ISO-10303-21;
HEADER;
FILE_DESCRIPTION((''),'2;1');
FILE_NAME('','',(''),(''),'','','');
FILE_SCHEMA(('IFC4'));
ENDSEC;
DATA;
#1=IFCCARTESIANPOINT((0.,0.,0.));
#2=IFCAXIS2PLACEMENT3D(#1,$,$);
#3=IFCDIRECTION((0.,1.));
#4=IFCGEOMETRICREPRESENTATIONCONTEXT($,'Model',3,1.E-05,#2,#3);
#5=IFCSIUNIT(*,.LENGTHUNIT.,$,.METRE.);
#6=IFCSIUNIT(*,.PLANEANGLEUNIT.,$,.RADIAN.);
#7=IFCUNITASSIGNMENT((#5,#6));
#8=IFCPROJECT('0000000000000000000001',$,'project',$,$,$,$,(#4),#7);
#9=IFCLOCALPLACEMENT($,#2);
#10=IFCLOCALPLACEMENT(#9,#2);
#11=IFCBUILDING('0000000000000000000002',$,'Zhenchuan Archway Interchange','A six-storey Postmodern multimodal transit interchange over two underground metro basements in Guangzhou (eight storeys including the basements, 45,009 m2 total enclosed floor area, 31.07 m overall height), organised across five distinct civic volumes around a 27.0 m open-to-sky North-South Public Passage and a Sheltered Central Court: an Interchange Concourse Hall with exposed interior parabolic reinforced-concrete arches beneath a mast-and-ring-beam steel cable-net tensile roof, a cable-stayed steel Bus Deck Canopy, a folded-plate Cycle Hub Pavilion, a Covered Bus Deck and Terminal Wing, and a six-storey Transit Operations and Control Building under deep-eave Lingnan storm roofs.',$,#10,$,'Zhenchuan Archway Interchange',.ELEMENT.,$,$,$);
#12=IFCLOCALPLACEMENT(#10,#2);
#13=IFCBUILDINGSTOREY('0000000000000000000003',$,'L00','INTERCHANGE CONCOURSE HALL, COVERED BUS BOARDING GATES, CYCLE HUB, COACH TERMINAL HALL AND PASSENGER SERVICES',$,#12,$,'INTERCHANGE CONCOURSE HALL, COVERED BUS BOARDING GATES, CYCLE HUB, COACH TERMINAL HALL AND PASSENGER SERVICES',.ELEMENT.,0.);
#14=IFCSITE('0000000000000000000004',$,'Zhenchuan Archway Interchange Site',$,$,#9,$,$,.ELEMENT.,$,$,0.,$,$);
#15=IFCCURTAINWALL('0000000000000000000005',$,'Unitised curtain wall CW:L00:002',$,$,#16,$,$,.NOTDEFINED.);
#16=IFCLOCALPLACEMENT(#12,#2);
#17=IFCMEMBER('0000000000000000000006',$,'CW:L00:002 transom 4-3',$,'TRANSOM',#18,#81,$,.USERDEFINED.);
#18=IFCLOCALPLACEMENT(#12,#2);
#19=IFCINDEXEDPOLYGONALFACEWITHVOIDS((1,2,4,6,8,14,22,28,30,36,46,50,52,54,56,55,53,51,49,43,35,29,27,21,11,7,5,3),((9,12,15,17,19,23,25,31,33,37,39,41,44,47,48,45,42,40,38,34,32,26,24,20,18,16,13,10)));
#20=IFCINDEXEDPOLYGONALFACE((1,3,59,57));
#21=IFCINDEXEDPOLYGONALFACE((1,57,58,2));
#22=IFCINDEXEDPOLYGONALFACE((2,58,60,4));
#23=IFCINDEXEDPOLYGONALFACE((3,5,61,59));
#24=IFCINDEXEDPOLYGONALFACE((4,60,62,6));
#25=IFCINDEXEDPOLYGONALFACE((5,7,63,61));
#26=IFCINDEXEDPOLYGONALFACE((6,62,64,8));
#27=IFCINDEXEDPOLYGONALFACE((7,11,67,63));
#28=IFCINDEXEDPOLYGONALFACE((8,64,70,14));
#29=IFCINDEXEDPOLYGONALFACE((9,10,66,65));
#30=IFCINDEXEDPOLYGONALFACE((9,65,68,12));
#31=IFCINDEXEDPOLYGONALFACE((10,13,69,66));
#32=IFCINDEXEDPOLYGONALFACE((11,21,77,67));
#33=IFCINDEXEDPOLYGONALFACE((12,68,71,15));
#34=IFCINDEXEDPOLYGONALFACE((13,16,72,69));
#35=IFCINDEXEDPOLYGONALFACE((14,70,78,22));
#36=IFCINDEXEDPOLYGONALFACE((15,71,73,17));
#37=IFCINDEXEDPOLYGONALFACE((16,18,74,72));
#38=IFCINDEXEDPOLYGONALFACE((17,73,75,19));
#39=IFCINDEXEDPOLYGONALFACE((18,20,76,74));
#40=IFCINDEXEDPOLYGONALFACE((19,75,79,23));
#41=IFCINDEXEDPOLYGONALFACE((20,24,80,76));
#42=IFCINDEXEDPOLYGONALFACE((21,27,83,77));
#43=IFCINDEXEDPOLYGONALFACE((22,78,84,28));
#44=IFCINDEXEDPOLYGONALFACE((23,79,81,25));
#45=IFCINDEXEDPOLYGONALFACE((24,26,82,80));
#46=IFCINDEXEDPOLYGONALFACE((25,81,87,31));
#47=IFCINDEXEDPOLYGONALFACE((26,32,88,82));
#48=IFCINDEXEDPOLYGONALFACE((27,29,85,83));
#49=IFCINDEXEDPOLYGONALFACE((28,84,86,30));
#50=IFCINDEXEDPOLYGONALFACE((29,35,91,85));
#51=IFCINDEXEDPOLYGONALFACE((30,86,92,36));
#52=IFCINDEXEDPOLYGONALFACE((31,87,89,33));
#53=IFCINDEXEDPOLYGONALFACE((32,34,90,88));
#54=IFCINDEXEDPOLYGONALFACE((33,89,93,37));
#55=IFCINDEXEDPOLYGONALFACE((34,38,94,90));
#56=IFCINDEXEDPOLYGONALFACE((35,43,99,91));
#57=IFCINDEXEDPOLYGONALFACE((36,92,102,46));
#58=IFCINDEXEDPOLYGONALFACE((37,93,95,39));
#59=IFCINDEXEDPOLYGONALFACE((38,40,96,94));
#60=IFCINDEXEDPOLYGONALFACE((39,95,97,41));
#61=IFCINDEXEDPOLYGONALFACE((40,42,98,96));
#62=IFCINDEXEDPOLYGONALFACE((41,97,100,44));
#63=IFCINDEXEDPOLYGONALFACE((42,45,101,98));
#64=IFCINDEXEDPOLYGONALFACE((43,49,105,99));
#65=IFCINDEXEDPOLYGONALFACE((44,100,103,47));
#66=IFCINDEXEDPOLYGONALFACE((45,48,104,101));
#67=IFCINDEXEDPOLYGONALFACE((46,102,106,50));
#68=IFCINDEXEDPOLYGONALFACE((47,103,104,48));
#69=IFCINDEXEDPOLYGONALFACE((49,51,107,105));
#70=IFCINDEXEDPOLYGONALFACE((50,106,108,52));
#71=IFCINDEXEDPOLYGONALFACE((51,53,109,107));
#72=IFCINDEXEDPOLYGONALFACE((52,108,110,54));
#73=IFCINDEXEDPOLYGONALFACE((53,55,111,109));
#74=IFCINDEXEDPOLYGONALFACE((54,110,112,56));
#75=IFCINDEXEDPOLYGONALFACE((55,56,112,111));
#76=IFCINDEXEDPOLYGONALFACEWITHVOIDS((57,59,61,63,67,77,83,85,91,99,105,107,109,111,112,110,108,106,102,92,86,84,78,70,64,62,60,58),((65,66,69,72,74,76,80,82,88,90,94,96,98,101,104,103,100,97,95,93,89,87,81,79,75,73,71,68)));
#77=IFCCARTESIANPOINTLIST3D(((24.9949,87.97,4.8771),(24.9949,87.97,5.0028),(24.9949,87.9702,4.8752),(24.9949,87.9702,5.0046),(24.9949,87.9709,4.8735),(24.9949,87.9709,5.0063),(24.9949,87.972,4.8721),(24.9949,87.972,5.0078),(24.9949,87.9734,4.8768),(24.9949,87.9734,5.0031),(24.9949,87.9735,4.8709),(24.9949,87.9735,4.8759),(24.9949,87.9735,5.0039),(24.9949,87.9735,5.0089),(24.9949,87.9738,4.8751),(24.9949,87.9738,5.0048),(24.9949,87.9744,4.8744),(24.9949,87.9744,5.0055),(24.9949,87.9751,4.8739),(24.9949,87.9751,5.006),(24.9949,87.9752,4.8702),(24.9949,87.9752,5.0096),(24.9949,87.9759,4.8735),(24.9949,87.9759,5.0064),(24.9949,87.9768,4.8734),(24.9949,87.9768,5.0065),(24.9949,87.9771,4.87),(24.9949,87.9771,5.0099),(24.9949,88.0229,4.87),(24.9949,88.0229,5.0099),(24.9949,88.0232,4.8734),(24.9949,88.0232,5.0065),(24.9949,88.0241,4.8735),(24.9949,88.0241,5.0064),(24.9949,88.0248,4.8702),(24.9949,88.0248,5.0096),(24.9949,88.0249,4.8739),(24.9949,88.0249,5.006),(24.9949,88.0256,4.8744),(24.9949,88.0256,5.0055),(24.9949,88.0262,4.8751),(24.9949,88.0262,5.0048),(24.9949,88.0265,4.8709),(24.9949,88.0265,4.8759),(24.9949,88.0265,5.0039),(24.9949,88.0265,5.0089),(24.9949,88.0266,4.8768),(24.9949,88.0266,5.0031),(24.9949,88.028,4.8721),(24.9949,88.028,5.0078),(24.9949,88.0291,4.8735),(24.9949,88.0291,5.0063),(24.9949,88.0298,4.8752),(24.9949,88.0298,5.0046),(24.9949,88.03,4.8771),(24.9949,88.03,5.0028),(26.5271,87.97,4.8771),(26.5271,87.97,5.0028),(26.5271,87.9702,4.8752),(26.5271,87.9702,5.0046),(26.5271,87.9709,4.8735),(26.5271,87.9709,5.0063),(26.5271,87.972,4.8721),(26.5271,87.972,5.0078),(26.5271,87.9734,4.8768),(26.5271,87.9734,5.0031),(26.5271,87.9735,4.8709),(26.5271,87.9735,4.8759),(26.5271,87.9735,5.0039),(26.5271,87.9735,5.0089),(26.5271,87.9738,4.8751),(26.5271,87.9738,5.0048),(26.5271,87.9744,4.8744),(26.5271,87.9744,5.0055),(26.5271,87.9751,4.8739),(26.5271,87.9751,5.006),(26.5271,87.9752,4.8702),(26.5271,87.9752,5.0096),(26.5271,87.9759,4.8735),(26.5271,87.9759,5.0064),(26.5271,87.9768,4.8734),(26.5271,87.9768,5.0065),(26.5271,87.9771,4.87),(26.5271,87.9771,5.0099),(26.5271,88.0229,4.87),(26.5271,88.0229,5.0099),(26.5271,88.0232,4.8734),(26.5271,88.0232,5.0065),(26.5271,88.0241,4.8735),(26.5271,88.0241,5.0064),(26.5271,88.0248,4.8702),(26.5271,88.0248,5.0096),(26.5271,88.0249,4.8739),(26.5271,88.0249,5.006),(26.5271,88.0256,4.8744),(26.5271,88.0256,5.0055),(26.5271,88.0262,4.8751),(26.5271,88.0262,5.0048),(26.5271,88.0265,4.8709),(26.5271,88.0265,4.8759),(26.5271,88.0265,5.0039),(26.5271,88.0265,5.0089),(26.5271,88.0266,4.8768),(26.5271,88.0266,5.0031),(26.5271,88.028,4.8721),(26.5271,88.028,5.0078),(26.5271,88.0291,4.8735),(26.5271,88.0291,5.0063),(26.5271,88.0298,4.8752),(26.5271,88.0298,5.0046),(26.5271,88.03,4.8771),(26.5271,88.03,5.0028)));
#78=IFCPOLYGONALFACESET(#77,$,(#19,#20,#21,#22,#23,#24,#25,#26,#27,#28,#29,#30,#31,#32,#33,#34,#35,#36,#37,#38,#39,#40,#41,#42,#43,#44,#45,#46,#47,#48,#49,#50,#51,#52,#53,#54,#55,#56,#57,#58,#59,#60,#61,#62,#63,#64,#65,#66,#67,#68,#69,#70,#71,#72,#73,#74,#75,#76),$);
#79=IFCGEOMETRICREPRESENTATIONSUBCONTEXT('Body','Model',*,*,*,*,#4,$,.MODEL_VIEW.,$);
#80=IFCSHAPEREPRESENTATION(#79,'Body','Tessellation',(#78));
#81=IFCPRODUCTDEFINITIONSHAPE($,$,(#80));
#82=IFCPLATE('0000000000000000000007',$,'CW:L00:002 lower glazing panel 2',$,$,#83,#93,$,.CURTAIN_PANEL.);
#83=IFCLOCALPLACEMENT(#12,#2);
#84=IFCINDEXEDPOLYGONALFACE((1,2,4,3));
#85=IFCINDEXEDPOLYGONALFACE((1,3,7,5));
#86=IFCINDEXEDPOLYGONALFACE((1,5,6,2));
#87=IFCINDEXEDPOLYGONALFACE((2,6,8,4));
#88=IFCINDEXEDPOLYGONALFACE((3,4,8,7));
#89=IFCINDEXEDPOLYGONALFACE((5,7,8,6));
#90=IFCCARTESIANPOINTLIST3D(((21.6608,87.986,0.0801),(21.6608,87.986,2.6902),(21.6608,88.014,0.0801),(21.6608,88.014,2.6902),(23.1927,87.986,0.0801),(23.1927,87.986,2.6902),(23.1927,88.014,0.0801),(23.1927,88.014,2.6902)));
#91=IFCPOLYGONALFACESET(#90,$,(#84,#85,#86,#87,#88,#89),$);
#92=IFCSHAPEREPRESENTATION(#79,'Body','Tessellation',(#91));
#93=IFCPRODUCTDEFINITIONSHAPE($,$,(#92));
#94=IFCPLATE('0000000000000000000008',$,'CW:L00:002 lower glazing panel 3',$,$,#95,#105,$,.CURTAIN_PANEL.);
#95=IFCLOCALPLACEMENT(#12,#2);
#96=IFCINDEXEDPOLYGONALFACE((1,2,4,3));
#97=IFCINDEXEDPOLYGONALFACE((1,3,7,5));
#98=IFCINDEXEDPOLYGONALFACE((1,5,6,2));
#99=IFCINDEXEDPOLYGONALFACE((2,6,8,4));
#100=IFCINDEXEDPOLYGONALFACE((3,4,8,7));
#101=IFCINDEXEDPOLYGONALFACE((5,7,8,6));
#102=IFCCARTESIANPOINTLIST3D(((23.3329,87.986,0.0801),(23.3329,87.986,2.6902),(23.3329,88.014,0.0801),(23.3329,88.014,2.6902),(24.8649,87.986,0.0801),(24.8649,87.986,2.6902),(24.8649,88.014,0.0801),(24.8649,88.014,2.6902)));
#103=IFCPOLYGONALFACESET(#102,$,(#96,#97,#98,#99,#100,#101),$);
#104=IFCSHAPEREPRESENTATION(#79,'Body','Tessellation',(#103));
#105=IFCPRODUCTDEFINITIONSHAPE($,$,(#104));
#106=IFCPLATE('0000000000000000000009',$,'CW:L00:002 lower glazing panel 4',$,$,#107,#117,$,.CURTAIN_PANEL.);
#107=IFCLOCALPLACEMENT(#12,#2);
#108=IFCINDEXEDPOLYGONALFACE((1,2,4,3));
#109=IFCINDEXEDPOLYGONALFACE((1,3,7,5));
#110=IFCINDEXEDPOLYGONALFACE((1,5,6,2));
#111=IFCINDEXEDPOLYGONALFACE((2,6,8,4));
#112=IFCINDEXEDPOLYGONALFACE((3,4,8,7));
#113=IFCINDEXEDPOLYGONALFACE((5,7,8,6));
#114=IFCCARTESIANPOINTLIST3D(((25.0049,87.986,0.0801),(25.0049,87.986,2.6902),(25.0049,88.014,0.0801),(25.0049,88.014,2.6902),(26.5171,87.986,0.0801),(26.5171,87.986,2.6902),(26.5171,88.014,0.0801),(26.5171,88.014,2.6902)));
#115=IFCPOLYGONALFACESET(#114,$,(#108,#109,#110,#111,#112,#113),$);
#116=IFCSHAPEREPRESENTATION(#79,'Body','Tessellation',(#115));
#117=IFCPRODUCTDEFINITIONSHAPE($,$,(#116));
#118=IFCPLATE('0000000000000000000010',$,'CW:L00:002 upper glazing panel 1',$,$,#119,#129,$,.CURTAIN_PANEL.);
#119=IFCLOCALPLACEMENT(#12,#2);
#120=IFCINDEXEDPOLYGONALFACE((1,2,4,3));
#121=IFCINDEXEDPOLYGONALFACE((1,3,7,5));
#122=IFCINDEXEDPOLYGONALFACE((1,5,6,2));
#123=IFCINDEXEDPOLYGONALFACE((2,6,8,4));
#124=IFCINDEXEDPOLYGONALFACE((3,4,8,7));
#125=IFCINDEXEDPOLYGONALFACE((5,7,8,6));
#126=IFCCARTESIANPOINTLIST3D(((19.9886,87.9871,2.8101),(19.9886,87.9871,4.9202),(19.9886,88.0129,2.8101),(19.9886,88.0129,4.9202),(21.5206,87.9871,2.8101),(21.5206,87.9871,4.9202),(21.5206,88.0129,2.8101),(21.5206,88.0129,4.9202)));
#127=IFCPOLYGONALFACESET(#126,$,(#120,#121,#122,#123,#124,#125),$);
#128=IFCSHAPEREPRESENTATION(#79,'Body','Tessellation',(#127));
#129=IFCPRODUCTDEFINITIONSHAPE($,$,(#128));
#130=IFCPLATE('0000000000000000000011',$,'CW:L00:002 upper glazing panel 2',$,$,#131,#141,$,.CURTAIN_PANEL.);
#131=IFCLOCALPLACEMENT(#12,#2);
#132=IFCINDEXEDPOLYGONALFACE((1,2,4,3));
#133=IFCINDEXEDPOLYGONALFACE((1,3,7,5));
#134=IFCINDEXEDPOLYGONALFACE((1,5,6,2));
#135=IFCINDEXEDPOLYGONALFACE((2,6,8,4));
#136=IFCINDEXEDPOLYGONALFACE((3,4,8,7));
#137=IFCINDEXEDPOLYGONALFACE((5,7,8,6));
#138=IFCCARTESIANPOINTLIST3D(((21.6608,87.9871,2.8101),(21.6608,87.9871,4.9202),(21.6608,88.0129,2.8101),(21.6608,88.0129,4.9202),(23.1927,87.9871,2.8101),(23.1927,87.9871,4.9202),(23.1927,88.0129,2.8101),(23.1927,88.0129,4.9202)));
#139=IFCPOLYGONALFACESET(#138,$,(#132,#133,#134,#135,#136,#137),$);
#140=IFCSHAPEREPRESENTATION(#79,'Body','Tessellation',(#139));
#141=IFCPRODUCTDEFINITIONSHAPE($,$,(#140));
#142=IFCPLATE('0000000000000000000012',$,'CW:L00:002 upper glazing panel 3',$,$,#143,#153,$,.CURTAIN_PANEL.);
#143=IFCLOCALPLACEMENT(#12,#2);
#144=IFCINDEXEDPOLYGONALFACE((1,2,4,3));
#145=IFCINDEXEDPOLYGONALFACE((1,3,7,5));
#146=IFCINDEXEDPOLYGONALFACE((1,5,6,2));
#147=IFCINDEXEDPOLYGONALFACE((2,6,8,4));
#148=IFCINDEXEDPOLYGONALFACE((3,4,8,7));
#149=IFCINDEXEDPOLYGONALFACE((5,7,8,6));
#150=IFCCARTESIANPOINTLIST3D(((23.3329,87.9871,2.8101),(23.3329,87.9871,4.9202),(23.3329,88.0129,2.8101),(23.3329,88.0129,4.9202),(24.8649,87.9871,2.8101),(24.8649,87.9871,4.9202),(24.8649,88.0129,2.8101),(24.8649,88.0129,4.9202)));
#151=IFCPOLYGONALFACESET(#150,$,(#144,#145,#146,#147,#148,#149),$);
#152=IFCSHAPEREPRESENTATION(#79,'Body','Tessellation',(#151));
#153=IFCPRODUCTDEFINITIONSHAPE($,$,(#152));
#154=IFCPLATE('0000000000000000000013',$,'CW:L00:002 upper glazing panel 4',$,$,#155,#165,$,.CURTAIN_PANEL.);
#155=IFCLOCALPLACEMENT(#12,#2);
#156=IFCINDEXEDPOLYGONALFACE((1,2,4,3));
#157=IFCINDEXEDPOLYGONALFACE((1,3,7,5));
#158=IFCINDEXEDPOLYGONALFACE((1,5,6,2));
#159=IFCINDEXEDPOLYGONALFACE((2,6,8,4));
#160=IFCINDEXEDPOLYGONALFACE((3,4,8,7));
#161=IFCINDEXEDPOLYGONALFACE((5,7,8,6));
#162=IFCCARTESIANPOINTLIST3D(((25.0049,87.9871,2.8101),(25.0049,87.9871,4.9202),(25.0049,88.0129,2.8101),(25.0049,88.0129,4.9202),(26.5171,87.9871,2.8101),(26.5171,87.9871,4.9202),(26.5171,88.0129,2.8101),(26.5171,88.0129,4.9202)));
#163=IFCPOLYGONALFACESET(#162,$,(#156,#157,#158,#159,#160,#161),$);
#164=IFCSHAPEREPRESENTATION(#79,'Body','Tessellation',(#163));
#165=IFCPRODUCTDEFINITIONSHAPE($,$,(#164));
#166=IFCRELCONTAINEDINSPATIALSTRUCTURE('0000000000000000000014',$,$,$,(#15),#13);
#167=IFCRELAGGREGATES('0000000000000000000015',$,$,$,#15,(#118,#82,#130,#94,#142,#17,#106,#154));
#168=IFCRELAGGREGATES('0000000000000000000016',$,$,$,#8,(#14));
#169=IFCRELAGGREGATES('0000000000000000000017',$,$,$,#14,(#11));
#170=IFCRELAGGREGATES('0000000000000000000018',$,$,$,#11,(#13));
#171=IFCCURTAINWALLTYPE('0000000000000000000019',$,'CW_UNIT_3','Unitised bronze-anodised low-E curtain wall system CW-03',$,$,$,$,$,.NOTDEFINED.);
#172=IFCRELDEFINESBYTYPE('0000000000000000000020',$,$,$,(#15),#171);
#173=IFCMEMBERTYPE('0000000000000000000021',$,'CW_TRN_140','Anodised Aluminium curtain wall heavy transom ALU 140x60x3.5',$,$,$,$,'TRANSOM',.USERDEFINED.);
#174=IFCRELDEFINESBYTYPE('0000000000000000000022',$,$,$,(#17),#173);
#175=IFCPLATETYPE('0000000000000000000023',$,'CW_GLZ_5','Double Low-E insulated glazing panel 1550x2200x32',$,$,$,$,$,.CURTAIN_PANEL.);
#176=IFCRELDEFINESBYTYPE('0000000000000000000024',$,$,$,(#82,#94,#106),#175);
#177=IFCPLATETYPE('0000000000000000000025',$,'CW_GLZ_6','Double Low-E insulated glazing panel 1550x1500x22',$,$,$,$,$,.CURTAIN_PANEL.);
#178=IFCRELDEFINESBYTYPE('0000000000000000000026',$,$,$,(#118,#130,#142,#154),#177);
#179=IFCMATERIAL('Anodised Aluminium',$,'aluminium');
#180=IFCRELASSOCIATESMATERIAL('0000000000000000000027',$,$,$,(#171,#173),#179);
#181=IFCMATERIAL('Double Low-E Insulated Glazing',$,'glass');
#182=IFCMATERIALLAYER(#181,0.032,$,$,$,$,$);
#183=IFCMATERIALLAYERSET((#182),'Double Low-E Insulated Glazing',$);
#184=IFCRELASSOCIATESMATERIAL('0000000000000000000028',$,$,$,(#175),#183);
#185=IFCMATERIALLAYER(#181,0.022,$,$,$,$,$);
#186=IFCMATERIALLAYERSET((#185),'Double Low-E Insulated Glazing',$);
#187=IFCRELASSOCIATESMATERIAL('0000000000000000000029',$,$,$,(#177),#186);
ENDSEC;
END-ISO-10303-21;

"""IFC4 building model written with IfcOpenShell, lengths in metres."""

from ifc_helpers import new_model, si_unit, direction, frame, origin, origin_2d, place, context, subcontext, project, spatial, rectangle, hollow_rectangle, extrude, material, layer, layer_set, material_profile, profile_set, type_object, element, aggregate, save


model = new_model("IFC4")

# Units and contexts
model_context = context("Model", 3, precision=1e-05, world=origin(), true_north=direction((0.0, 1.0)))
body_context = subcontext(model_context, "Body", "Model", "MODEL_VIEW")
ifc_project = project(units=[si_unit("LENGTHUNIT", "METRE"), si_unit("PLANEANGLEUNIT", "RADIAN")], contexts=[model_context])

# Site, building, storey
site_placement = place(None, origin())
site = spatial("IfcSite", under=ifc_project, at=site_placement, Name="Zhenchuan Archway Interchange Site", CompositionType="ELEMENT", RefElevation=0.0)
building_placement = place(site_placement, origin())
building = spatial("IfcBuilding", under=site, at=building_placement, Name="Zhenchuan Archway Interchange", Description="A six-storey Postmodern multimodal transit interchange over two underground metro basements in Guangzhou (eight storeys including the basements, 45,009 m2 total enclosed floor area, 31.07 m overall height), organised across five distinct civic volumes around a 27.0 m open-to-sky North-South Public Passage and a Sheltered Central Court: an Interchange Concourse Hall with exposed interior parabolic reinforced-concrete arches beneath a mast-and-ring-beam steel cable-net tensile roof, a cable-stayed steel Bus Deck Canopy, a folded-plate Cycle Hub Pavilion, a Covered Bus Deck and Terminal Wing, and a six-storey Transit Operations and Control Building under deep-eave Lingnan storm roofs.", LongName="Zhenchuan Archway Interchange", CompositionType="ELEMENT")
storey_placement = place(building_placement, origin())
storey = spatial("IfcBuildingStorey", under=building, at=storey_placement, Name="L00", Description="INTERCHANGE CONCOURSE HALL, COVERED BUS BOARDING GATES, CYCLE HUB, COACH TERMINAL HALL AND PASSENGER SERVICES", LongName="INTERCHANGE CONCOURSE HALL, COVERED BUS BOARDING GATES, CYCLE HUB, COACH TERMINAL HALL AND PASSENGER SERVICES", CompositionType="ELEMENT", Elevation=0.0)

# Curtain wall, member, plates
ifc_material_1 = material(Name="Anodised Aluminium", Category="aluminium")
curtain_wall_type = type_object("IfcCurtainWallType", Name="CW_UNIT_3", Description="Unitised bronze-anodised low-E curtain wall system CW-03", PredefinedType="NOTDEFINED", material=ifc_material_1)
curtain_wall_placement = place(storey_placement, origin())
curtain_wall = element("IfcCurtainWall", 1, at=curtain_wall_placement, inside=storey, type_object=curtain_wall_type, Name="Unitised curtain wall CW:L00:002", PredefinedType="NOTDEFINED")
ifc_material_profile_1 = material_profile(ifc_material_1, hollow_rectangle(XDim=0.0601, YDim=0.1399, WallThickness=0.0034, InnerFilletRadius=0.0034, OuterFilletRadius=0.0071, at=origin_2d()), Name="ALU 140x60x3.5")
ifc_profile_set_1 = profile_set([ifc_material_profile_1], Name="Anodised Aluminium")
member_type_1 = type_object("IfcMemberType", Name="CW_TRN_140", Description="Anodised Aluminium curtain wall heavy transom ALU 140x60x3.5", ElementType="TRANSOM", PredefinedType="USERDEFINED", material=ifc_profile_set_1)
member_1_placement = place(storey_placement, frame((24.9949, 88.0, 4.9399), z_axis=(1.0, 0.0, 0.0), x_axis=(0.0, 1.0, 0.0)))
member_1 = element("IfcMember", 2, at=member_1_placement, type_object=member_type_1, Name="CW:L00:002 transom 4-3", ObjectType="TRANSOM", PredefinedType="USERDEFINED", context=body_context, shape_type="SweptSolid", body=[
    extrude(hollow_rectangle(XDim=0.0601, YDim=0.1399, WallThickness=0.0034, InnerFilletRadius=0.0034, OuterFilletRadius=0.0071, at=origin_2d()), origin(), (0.0, 0.0, 1.0), 1.5322),
])
ifc_material_2 = material(Name="Double Low-E Insulated Glazing", Category="glass")
ifc_layer_1 = layer(ifc_material_2, 0.032)
ifc_layer_set_1 = layer_set([ifc_layer_1], Name="Double Low-E Insulated Glazing")
plate_type_1 = type_object("IfcPlateType", Name="CW_GLZ_5", Description="Double Low-E insulated glazing panel 1550x2200x32", PredefinedType="CURTAIN_PANEL", material=ifc_layer_set_1)
plate_1_placement = place(storey_placement, frame((22.4268, 88.0, 0.0801), z_axis=(0.0, 0.0, 1.0), x_axis=(1.0, 0.0, 0.0)))
plate_1 = element("IfcPlate", 3, at=plate_1_placement, type_object=plate_type_1, Name="CW:L00:002 lower glazing panel 2", PredefinedType="CURTAIN_PANEL", context=body_context, shape_type="SweptSolid", body=[
    extrude(rectangle(XDim=1.532, YDim=0.0281, at=origin_2d()), origin(), (0.0, 0.0, 1.0), 2.6101),
])
plate_2_placement = place(storey_placement, frame((24.0989, 88.0, 0.0801), z_axis=(0.0, 0.0, 1.0), x_axis=(1.0, 0.0, 0.0)))
plate_2 = element("IfcPlate", 4, at=plate_2_placement, type_object=plate_type_1, Name="CW:L00:002 lower glazing panel 3", PredefinedType="CURTAIN_PANEL", context=body_context, shape_type="SweptSolid", body=[
    extrude(rectangle(XDim=1.532, YDim=0.0281, at=origin_2d()), origin(), (0.0, 0.0, 1.0), 2.6101),
])
plate_3_placement = place(storey_placement, frame((25.761, 88.0, 0.0801), z_axis=(0.0, 0.0, 1.0), x_axis=(1.0, 0.0, 0.0)))
plate_3 = element("IfcPlate", 5, at=plate_3_placement, type_object=plate_type_1, Name="CW:L00:002 lower glazing panel 4", PredefinedType="CURTAIN_PANEL", context=body_context, shape_type="SweptSolid", body=[
    extrude(rectangle(XDim=1.5122, YDim=0.0281, at=origin_2d()), origin(), (0.0, 0.0, 1.0), 2.6101),
])
ifc_layer_2 = layer(ifc_material_2, 0.022)
ifc_layer_set_2 = layer_set([ifc_layer_2], Name="Double Low-E Insulated Glazing")
plate_type_2 = type_object("IfcPlateType", Name="CW_GLZ_6", Description="Double Low-E insulated glazing panel 1550x1500x22", PredefinedType="CURTAIN_PANEL", material=ifc_layer_set_2)
plate_4_placement = place(storey_placement, frame((20.7546, 88.0, 2.8101), z_axis=(0.0, 0.0, 1.0), x_axis=(1.0, 0.0, 0.0)))
plate_4 = element("IfcPlate", 6, at=plate_4_placement, type_object=plate_type_2, Name="CW:L00:002 upper glazing panel 1", PredefinedType="CURTAIN_PANEL", context=body_context, shape_type="SweptSolid", body=[
    extrude(rectangle(XDim=1.532, YDim=0.0259, at=origin_2d()), origin(), (0.0, 0.0, 1.0), 2.1101),
])
plate_5_placement = place(storey_placement, frame((22.4268, 88.0, 2.8101), z_axis=(0.0, 0.0, 1.0), x_axis=(1.0, 0.0, 0.0)))
plate_5 = element("IfcPlate", 7, at=plate_5_placement, type_object=plate_type_2, Name="CW:L00:002 upper glazing panel 2", PredefinedType="CURTAIN_PANEL", context=body_context, shape_type="SweptSolid", body=[
    extrude(rectangle(XDim=1.532, YDim=0.0259, at=origin_2d()), origin(), (0.0, 0.0, 1.0), 2.1101),
])
plate_6_placement = place(storey_placement, frame((24.0989, 88.0, 2.8101), z_axis=(0.0, 0.0, 1.0), x_axis=(1.0, 0.0, 0.0)))
plate_6 = element("IfcPlate", 8, at=plate_6_placement, type_object=plate_type_2, Name="CW:L00:002 upper glazing panel 3", PredefinedType="CURTAIN_PANEL", context=body_context, shape_type="SweptSolid", body=[
    extrude(rectangle(XDim=1.532, YDim=0.0259, at=origin_2d()), origin(), (0.0, 0.0, 1.0), 2.1101),
])
plate_7_placement = place(storey_placement, frame((25.761, 88.0, 2.8101), z_axis=(0.0, 0.0, 1.0), x_axis=(1.0, 0.0, 0.0)))
plate_7 = element("IfcPlate", 9, at=plate_7_placement, type_object=plate_type_2, Name="CW:L00:002 upper glazing panel 4", PredefinedType="CURTAIN_PANEL", context=body_context, shape_type="SweptSolid", body=[
    extrude(rectangle(XDim=1.5122, YDim=0.0259, at=origin_2d()), origin(), (0.0, 0.0, 1.0), 2.1101),
])
aggregate(curtain_wall, [plate_4, plate_1, plate_5, plate_2, plate_6, member_1, plate_3, plate_7])

save(model, "model.ifc")
